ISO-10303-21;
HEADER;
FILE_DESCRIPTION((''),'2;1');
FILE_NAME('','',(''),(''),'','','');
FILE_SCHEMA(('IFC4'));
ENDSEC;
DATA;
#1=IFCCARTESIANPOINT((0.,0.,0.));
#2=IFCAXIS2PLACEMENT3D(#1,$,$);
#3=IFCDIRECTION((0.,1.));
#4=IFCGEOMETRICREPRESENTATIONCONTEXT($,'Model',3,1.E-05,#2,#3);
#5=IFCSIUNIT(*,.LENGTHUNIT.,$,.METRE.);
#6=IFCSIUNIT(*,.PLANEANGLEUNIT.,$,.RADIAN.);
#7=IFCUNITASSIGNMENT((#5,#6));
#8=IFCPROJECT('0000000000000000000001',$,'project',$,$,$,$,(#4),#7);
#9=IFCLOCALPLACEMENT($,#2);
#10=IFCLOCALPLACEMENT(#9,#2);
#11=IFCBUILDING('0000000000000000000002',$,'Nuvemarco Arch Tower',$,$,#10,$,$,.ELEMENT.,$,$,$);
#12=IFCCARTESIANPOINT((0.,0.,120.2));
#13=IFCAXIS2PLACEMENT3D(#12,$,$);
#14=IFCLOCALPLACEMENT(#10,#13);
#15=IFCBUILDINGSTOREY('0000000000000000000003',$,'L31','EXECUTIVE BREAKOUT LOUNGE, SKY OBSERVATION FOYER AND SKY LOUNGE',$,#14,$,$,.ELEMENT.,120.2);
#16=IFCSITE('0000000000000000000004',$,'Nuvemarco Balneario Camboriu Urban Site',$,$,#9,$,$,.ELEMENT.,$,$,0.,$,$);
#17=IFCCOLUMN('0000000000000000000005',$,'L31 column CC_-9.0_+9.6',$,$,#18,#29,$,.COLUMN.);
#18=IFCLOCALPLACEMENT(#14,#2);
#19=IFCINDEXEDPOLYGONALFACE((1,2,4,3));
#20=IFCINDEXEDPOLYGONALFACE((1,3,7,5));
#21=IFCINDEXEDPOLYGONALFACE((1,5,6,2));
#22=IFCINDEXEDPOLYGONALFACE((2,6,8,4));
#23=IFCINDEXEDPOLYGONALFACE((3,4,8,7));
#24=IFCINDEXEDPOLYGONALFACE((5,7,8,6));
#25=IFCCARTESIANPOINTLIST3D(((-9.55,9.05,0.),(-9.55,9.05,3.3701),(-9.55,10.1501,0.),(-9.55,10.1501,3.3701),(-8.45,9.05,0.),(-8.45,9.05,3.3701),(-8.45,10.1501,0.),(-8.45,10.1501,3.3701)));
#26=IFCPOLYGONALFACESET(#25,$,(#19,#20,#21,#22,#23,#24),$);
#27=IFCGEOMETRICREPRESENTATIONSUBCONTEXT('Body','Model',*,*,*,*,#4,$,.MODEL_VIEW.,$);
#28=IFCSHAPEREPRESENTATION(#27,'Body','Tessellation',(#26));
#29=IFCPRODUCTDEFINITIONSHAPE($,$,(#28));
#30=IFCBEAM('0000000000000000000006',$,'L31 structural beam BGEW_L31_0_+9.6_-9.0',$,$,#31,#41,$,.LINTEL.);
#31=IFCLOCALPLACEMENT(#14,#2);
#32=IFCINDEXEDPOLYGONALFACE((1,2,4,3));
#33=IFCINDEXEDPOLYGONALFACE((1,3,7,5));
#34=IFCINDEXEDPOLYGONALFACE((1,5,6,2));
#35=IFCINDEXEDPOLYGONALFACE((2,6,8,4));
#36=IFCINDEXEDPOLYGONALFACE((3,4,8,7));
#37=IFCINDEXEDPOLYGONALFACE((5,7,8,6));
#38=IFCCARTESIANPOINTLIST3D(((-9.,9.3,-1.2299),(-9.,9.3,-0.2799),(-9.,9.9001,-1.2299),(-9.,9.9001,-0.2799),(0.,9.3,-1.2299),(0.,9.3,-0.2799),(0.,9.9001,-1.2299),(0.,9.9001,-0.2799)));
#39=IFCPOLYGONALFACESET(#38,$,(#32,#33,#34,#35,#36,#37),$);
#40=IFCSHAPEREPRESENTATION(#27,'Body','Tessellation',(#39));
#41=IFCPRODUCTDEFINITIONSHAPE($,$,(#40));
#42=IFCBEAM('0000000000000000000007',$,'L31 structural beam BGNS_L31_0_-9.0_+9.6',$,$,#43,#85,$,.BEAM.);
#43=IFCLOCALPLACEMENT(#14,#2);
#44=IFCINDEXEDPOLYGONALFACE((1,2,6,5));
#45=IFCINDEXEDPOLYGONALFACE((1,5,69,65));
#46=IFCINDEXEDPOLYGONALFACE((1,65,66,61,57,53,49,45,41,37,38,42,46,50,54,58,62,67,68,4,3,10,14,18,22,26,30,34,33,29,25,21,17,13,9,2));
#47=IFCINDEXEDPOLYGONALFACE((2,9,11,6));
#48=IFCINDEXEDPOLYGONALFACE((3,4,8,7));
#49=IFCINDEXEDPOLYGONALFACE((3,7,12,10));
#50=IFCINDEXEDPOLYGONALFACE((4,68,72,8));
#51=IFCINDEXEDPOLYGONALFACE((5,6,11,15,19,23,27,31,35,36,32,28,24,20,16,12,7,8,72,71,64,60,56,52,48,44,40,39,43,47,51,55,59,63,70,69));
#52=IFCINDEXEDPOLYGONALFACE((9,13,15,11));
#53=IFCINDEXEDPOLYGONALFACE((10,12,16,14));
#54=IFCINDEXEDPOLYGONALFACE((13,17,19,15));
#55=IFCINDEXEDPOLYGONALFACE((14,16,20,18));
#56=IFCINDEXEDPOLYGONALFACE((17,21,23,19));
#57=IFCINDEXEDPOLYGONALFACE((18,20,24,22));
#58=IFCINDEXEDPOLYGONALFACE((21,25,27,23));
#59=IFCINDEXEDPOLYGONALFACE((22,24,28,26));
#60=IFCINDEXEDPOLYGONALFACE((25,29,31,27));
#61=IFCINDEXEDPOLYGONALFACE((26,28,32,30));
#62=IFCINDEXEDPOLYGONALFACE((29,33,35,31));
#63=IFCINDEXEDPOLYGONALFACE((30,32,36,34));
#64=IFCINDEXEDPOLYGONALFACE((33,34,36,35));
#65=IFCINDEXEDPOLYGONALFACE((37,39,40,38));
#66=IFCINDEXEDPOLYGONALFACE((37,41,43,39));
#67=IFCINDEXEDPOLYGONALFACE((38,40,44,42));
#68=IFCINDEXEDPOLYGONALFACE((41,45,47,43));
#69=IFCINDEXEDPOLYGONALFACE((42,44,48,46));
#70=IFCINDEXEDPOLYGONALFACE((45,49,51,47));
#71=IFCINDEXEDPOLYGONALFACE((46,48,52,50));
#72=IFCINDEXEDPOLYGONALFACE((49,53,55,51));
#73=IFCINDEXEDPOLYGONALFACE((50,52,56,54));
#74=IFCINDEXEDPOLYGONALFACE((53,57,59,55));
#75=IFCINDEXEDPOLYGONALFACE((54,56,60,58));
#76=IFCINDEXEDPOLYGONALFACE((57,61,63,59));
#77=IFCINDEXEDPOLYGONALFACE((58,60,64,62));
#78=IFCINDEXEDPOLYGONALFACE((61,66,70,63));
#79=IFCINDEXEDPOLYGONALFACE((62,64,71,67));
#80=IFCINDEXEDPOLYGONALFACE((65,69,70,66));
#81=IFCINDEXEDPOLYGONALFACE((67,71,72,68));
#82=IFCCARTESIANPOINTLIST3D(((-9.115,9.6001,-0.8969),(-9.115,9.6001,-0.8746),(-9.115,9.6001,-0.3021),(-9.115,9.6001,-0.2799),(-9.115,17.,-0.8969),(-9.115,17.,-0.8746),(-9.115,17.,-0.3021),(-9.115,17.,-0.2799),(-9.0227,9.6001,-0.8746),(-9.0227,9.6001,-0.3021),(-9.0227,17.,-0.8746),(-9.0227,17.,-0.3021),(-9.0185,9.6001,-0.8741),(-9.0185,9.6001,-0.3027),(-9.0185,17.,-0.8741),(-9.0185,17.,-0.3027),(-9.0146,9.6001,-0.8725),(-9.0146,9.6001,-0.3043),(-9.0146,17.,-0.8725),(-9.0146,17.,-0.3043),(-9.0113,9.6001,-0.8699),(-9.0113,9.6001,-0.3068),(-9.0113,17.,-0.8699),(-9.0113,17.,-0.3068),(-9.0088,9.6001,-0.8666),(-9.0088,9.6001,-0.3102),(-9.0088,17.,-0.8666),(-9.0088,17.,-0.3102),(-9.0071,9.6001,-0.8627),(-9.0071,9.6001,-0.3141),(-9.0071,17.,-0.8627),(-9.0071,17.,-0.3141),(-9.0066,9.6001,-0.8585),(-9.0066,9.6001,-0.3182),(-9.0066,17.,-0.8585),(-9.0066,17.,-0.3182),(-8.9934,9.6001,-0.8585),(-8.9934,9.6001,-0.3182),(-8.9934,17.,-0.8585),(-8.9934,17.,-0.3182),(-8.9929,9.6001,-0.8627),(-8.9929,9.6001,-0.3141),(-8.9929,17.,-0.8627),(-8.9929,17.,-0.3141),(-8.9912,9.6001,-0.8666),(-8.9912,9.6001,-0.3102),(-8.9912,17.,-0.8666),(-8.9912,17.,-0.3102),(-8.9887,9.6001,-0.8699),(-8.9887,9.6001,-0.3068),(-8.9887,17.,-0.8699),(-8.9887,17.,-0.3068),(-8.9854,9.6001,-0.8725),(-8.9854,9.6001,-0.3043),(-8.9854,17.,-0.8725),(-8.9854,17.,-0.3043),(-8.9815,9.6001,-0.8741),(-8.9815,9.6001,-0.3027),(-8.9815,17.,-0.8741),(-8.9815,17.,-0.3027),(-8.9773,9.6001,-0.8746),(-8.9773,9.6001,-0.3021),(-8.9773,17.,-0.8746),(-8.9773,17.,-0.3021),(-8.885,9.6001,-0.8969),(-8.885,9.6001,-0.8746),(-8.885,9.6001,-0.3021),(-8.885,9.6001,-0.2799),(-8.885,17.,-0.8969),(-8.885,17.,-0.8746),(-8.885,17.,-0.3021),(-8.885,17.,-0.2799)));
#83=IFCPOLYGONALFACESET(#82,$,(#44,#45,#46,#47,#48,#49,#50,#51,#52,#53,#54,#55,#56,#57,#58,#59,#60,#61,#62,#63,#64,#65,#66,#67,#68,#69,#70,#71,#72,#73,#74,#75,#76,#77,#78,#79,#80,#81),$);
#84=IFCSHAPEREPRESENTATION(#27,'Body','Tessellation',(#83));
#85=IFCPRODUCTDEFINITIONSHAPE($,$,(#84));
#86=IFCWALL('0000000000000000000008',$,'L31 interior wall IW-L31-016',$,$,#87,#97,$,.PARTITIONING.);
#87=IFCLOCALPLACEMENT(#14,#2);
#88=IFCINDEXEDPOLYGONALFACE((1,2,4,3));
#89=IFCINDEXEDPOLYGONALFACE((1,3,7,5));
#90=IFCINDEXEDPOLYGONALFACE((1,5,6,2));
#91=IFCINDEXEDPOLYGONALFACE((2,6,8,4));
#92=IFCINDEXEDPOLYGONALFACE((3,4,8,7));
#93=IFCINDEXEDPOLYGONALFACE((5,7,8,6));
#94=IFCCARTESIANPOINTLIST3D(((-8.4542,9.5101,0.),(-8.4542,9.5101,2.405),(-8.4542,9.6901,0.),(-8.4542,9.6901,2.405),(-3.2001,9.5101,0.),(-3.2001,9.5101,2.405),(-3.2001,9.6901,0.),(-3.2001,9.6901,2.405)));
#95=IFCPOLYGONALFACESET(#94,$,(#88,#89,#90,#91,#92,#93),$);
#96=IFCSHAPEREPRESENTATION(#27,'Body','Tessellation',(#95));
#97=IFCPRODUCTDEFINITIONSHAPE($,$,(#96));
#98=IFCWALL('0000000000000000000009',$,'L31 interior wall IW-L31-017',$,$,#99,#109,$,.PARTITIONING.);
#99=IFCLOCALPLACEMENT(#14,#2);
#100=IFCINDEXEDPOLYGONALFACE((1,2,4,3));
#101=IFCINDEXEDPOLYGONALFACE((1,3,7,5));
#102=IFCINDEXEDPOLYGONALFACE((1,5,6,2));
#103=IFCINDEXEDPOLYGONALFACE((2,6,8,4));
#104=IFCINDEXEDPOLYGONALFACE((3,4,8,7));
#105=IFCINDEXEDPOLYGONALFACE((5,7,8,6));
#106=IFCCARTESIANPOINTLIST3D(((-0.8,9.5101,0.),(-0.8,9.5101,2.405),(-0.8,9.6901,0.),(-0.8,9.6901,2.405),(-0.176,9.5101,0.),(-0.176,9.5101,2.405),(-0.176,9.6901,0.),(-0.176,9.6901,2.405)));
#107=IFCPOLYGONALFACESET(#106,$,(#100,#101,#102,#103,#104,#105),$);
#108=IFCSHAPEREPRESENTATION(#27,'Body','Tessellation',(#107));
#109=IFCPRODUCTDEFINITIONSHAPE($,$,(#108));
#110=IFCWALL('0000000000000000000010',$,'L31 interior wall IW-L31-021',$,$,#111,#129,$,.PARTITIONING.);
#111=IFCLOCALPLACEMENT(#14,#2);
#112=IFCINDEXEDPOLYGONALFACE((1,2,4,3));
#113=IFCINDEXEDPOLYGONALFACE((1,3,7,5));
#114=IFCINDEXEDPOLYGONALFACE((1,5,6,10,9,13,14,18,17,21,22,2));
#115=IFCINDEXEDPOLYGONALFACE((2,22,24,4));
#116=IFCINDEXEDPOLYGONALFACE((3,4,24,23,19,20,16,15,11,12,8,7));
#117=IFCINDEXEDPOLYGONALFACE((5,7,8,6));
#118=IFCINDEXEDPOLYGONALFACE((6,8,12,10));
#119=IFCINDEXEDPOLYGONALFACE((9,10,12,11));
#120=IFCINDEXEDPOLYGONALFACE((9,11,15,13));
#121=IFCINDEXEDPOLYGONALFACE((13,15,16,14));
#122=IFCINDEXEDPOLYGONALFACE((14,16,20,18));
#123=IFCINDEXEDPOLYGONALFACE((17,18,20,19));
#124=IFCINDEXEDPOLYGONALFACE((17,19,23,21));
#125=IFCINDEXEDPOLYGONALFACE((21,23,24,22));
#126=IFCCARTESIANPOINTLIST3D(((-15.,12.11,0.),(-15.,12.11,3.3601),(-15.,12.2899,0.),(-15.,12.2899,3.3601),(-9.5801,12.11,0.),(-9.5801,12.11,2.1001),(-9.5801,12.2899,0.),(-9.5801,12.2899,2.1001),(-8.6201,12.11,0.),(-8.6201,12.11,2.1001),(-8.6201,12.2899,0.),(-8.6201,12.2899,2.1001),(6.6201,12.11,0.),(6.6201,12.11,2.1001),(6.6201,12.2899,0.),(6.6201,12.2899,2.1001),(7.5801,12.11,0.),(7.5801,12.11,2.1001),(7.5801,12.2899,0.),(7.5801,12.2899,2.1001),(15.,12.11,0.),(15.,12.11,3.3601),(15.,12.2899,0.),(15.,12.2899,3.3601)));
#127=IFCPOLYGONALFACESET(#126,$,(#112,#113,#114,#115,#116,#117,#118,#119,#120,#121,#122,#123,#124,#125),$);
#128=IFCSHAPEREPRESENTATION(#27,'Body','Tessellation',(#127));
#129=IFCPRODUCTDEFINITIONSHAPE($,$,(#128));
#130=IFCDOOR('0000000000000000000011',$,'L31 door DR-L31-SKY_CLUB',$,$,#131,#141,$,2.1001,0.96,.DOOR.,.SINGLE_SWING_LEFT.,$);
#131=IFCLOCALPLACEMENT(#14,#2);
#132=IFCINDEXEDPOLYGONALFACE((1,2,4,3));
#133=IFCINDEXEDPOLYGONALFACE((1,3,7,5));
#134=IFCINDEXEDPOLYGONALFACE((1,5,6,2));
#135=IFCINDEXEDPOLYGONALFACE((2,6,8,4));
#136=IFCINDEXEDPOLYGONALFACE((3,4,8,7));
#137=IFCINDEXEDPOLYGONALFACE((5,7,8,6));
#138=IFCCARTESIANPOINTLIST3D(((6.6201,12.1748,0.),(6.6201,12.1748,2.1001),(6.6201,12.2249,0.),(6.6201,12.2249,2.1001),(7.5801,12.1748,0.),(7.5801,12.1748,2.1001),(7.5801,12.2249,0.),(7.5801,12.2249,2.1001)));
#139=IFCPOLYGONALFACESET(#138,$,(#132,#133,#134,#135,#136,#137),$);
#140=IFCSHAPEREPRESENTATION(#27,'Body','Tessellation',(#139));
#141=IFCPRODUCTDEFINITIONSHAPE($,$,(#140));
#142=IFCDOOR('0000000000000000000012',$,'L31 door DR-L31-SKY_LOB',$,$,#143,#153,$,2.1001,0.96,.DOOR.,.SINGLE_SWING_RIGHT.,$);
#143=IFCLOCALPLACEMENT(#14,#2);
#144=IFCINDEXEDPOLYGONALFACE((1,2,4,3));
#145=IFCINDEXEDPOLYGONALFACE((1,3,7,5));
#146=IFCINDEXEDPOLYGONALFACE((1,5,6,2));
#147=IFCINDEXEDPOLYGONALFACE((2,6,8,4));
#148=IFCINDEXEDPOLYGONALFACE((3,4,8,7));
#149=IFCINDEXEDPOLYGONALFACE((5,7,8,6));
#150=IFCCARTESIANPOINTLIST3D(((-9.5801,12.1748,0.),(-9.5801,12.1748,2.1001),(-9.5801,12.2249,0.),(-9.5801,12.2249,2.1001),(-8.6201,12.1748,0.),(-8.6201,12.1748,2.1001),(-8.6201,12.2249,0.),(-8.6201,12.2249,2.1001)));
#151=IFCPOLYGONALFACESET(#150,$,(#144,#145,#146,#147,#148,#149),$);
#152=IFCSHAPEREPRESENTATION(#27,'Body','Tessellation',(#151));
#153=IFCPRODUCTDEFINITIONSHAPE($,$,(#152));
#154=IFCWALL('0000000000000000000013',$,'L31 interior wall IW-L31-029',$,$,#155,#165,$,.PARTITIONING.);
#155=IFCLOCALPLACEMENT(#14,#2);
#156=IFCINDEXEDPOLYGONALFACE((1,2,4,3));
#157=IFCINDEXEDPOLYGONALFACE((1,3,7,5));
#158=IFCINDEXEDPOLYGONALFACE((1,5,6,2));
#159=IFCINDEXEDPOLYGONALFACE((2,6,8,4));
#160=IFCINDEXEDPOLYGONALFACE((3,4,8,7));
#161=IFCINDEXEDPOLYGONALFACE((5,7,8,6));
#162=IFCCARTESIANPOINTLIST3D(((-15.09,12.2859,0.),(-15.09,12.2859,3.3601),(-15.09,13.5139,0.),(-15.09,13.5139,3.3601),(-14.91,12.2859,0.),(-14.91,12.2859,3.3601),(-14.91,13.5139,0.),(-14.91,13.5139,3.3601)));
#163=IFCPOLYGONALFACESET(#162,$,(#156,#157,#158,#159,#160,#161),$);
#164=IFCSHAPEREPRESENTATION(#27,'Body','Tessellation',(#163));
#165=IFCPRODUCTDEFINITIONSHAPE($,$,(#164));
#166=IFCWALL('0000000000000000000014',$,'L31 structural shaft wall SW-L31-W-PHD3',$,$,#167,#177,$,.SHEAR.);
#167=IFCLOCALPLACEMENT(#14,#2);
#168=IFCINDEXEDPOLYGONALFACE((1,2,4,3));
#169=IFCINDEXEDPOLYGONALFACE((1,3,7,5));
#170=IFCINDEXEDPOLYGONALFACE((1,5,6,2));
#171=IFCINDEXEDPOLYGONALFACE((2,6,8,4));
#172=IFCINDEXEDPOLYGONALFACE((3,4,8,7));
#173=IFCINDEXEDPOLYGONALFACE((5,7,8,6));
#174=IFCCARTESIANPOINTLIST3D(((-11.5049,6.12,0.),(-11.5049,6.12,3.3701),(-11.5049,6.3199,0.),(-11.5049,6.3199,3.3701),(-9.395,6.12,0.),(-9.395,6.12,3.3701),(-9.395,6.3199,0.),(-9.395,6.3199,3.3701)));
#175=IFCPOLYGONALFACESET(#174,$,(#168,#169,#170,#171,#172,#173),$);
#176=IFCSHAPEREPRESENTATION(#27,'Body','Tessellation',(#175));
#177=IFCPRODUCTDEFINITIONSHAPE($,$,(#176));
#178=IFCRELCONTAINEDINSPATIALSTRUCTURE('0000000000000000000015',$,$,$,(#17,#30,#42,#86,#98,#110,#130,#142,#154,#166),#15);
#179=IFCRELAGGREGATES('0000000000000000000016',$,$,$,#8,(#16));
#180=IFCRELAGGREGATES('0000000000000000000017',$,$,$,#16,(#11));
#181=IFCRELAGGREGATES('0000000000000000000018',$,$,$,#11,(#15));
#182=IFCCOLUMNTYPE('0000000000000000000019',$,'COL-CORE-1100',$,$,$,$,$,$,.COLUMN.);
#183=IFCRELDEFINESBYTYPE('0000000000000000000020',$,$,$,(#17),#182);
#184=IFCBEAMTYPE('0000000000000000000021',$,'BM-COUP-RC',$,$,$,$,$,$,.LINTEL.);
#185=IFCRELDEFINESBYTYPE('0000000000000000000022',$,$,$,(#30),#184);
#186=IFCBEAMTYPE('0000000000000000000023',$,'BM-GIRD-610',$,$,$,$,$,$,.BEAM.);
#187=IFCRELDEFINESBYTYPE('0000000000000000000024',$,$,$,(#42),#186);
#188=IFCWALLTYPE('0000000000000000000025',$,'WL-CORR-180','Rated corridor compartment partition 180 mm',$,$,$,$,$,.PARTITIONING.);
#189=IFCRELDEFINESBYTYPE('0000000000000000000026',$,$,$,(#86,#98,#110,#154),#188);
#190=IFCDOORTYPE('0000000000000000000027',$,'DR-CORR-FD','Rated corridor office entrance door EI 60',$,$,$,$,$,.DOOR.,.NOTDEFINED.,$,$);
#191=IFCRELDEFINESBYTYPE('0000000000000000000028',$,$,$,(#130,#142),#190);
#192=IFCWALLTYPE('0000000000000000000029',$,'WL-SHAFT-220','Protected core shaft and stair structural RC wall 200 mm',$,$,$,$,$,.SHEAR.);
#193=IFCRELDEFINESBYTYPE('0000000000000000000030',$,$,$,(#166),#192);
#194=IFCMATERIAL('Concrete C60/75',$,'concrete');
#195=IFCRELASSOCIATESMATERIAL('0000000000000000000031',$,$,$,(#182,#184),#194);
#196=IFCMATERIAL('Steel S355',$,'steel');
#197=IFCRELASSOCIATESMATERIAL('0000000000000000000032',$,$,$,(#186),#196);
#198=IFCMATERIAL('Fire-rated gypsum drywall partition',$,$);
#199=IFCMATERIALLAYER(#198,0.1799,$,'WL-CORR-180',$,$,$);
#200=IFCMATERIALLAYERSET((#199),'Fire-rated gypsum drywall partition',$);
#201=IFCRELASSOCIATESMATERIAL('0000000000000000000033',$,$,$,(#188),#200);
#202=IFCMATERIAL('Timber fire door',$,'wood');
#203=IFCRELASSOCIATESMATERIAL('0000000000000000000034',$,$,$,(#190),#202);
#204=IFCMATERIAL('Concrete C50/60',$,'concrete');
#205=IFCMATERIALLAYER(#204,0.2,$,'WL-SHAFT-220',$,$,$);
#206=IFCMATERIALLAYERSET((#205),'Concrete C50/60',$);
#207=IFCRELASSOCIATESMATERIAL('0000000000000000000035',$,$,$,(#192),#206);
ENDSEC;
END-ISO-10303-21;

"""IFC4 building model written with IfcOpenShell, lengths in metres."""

from ifc_helpers import new_model, si_unit, direction, frame, frame_2d, origin, origin_2d, place, context, subcontext, project, spatial, rectangle, i_section, extrude, source, transform, mapped, material, layer, layer_set, material_profile, profile_set, type_object, type_shapes, element, fill, save


model = new_model("IFC4")

# Units and contexts
model_context = context("Model", 3, precision=1e-05, world=origin(), true_north=direction((0.0, 1.0)))
body_context = subcontext(model_context, "Body", "Model", "MODEL_VIEW")
ifc_project = project(units=[si_unit("LENGTHUNIT", "METRE"), si_unit("PLANEANGLEUNIT", "RADIAN")], contexts=[model_context])

# Site, building, storey
site_placement = place(None, origin())
site = spatial("IfcSite", under=ifc_project, at=site_placement, Name="Nuvemarco Balneario Camboriu Urban Site", CompositionType="ELEMENT", RefElevation=0.0)
building_placement = place(site_placement, origin())
building = spatial("IfcBuilding", under=site, at=building_placement, Name="Nuvemarco Arch Tower", CompositionType="ELEMENT")
storey_placement = place(building_placement, frame((0.0, 0.0, 120.2)))
storey = spatial("IfcBuildingStorey", under=building, at=storey_placement, Name="L31", Description="EXECUTIVE BREAKOUT LOUNGE, SKY OBSERVATION FOYER AND SKY LOUNGE", CompositionType="ELEMENT", Elevation=120.2)

# Column
ifc_material_1 = material(Name="Concrete C60/75", Category="concrete")
ifc_material_profile_1 = material_profile(ifc_material_1, rectangle(XDim=1.1001, YDim=1.1001, at=origin_2d()), Name="RC-COL-1100x1100")
ifc_profile_set_1 = profile_set([ifc_material_profile_1], Name="Concrete C60/75")
column_type = type_object("IfcColumnType", Name="COL-CORE-1100", PredefinedType="COLUMN", material=ifc_profile_set_1)
column_placement = place(storey_placement, frame((-9.0, 9.6001, 0.0), z_axis=(0.0, 0.0, 1.0), x_axis=(1.0, 0.0, 0.0)))
element("IfcColumn", 1, at=column_placement, inside=storey, type_object=column_type, Name="L31 column CC_-9.0_+9.6", PredefinedType="COLUMN", context=body_context, shape_type="SweptSolid", body=[
    extrude(rectangle(XDim=1.1001, YDim=1.1001, at=origin_2d()), origin(), (0.0, 0.0, 1.0), 3.3701),
])

# Beams
ifc_material_profile_2 = material_profile(ifc_material_1, rectangle(XDim=0.6001, YDim=0.95, at=origin_2d()), Name="RC-BM-600x950")
ifc_profile_set_2 = profile_set([ifc_material_profile_2], Name="Concrete C60/75")
beam_type_1 = type_object("IfcBeamType", Name="BM-COUP-RC", PredefinedType="LINTEL", material=ifc_profile_set_2)
beam_1_placement = place(storey_placement, frame((-9.0, 9.6001, -0.7549), z_axis=(1.0, 0.0, 0.0), x_axis=(0.0, 1.0, 0.0)))
element("IfcBeam", 2, at=beam_1_placement, inside=storey, type_object=beam_type_1, Name="L31 structural beam BGEW_L31_0_+9.6_-9.0", PredefinedType="LINTEL", context=body_context, shape_type="SweptSolid", body=[
    extrude(rectangle(XDim=0.6001, YDim=0.95, at=origin_2d()), origin(), (0.0, 0.0, 1.0), 9.0),
])
ifc_material_2 = material(Name="Steel S355", Category="steel")
ifc_material_profile_3 = material_profile(ifc_material_2, i_section(OverallWidth=0.23, OverallDepth=0.6169, WebThickness=0.0132, FlangeThickness=0.0222, FilletRadius=0.0161, at=origin_2d()), Name="W610x140")
ifc_profile_set_3 = profile_set([ifc_material_profile_3], Name="Steel S355")
beam_type_2 = type_object("IfcBeamType", Name="BM-GIRD-610", PredefinedType="BEAM", material=ifc_profile_set_3)
beam_2_placement = place(storey_placement, frame((-9.0, 9.6001, -0.5884), z_axis=(0.0, 1.0, 0.0), x_axis=(-1.0, 0.0, 0.0)))
element("IfcBeam", 3, at=beam_2_placement, inside=storey, type_object=beam_type_2, Name="L31 structural beam BGNS_L31_0_-9.0_+9.6", PredefinedType="BEAM", context=body_context, shape_type="SweptSolid", body=[
    extrude(i_section(OverallWidth=0.23, OverallDepth=0.6169, WebThickness=0.0132, FlangeThickness=0.0222, FilletRadius=0.0161, at=origin_2d()), origin(), (0.0, 0.0, 1.0), 7.3999),
])

# Walls
ifc_material_3 = material(Name="Fire-rated gypsum drywall partition")
ifc_layer_1 = layer(ifc_material_3, 0.1799, Name="WL-CORR-180")
ifc_layer_set_1 = layer_set([ifc_layer_1], Name="Fire-rated gypsum drywall partition")
wall_type_1 = type_object("IfcWallType", Name="WL-CORR-180", Description="Rated corridor compartment partition 180 mm", PredefinedType="PARTITIONING", material=ifc_layer_set_1)
wall_1_placement = place(storey_placement, frame((-8.4541, 9.6001, 0.0), z_axis=(0.0, 0.0, 1.0), x_axis=(1.0, 0.0, 0.0)))
element("IfcWall", 4, at=wall_1_placement, inside=storey, type_object=wall_type_1, Name="L31 interior wall IW-L31-016", PredefinedType="PARTITIONING", context=body_context, shape_type="SweptSolid", body=[
    extrude(rectangle(XDim=5.2542, YDim=0.1799, at=frame_2d((2.627, 0.0))), origin(), (0.0, 0.0, 1.0), 2.405),
])
wall_2_placement = place(storey_placement, frame((-0.8, 9.6001, 0.0), z_axis=(0.0, 0.0, 1.0), x_axis=(1.0, 0.0, 0.0)))
element("IfcWall", 5, at=wall_2_placement, inside=storey, type_object=wall_type_1, Name="L31 interior wall IW-L31-017", PredefinedType="PARTITIONING", context=body_context, shape_type="SweptSolid", body=[
    extrude(rectangle(XDim=0.624, YDim=0.1799, at=frame_2d((0.312, 0.0))), origin(), (0.0, 0.0, 1.0), 2.405),
])

# Wall, openings, doors
wall_3_placement = place(storey_placement, frame((-15.0, 12.2, 0.0), z_axis=(0.0, 0.0, 1.0), x_axis=(1.0, 0.0, 0.0)))
wall_3 = element("IfcWall", 6, at=wall_3_placement, inside=storey, type_object=wall_type_1, Name="L31 interior wall IW-L31-021", PredefinedType="PARTITIONING", context=body_context, shape_type="SweptSolid", body=[
    extrude(rectangle(XDim=30.0, YDim=0.1799, at=frame_2d((15.0, 0.0))), origin(), (0.0, 0.0, 1.0), 3.3601),
])
opening_1_placement = place(wall_3_placement, frame((21.6201, 0.0, 0.0)))
opening_1 = element("IfcOpeningElement", 7, at=opening_1_placement, cuts=wall_3, PredefinedType="OPENING", context=body_context, shape_type="SweptSolid", body=[
    extrude(rectangle(XDim=0.96, YDim=2.1001, at=frame_2d((0.48, 1.05))), frame((0.0, 0.0999, 0.0), z_axis=(0.0, -1.0, 0.0), x_axis=(1.0, 0.0, 0.0)), (0.0, 0.0, 1.0), 0.2),
])
opening_2_placement = place(wall_3_placement, frame((5.4199, 0.0, 0.0)))
opening_2 = element("IfcOpeningElement", 8, at=opening_2_placement, cuts=wall_3, PredefinedType="OPENING", context=body_context, shape_type="SweptSolid", body=[
    extrude(rectangle(XDim=0.96, YDim=2.1001, at=frame_2d((0.48, 1.05))), frame((0.0, 0.0999, 0.0), z_axis=(0.0, -1.0, 0.0), x_axis=(1.0, 0.0, 0.0)), (0.0, 0.0, 1.0), 0.2),
])
ifc_material_4 = material(Name="Timber fire door", Category="wood")
door_type = type_object("IfcDoorType", Name="DR-CORR-FD", Description="Rated corridor office entrance door EI 60", OperationType="NOTDEFINED", PredefinedType="DOOR", material=ifc_material_4)
shared_shape = source(origin(), body_context, "Body", "SweptSolid", [
    extrude(rectangle(XDim=0.96, YDim=2.1001, at=frame_2d((0.48, 1.05))), frame((0.0, 0.0249, 0.0), z_axis=(0.0, -1.0, 0.0), x_axis=(1.0, 0.0, 0.0)), (0.0, 0.0, 1.0), 0.05),
])
type_shapes(door_type, [shared_shape])
door_1_placement = place(opening_1_placement, origin())
door_1 = element("IfcDoor", 9, at=door_1_placement, inside=storey, type_object=door_type, Name="L31 door DR-L31-SKY_CLUB", OperationType="SINGLE_SWING_LEFT", OverallHeight=2.1001, OverallWidth=0.96, PredefinedType="DOOR", context=body_context, shape_type="MappedRepresentation", body=[
    mapped(shared_shape, transform((0.0, 0.0, 0.0), scale=1.0)),
])
fill(opening_1, door_1)
door_2_placement = place(opening_2_placement, origin())
door_2 = element("IfcDoor", 10, at=door_2_placement, inside=storey, type_object=door_type, Name="L31 door DR-L31-SKY_LOB", OperationType="SINGLE_SWING_RIGHT", OverallHeight=2.1001, OverallWidth=0.96, PredefinedType="DOOR", context=body_context, shape_type="MappedRepresentation", body=[
    mapped(shared_shape, transform((0.0, 0.0, 0.0), scale=1.0)),
])
fill(opening_2, door_2)

# Walls
wall_4_placement = place(storey_placement, frame((-15.0, 12.2859, 0.0), z_axis=(0.0, 0.0, 1.0), x_axis=(0.0, 1.0, 0.0)))
element("IfcWall", 11, at=wall_4_placement, inside=storey, type_object=wall_type_1, Name="L31 interior wall IW-L31-029", PredefinedType="PARTITIONING", context=body_context, shape_type="SweptSolid", body=[
    extrude(rectangle(XDim=1.228, YDim=0.1799, at=frame_2d((0.614, 0.0))), origin(), (0.0, 0.0, 1.0), 3.3601),
])
ifc_material_5 = material(Name="Concrete C50/60", Category="concrete")
ifc_layer_2 = layer(ifc_material_5, 0.2, Name="WL-SHAFT-220")
ifc_layer_set_2 = layer_set([ifc_layer_2], Name="Concrete C50/60")
wall_type_2 = type_object("IfcWallType", Name="WL-SHAFT-220", Description="Protected core shaft and stair structural RC wall 200 mm", PredefinedType="SHEAR", material=ifc_layer_set_2)
wall_5_placement = place(storey_placement, frame((-11.5049, 6.22, 0.0), z_axis=(0.0, 0.0, 1.0), x_axis=(1.0, 0.0, 0.0)))
element("IfcWall", 12, at=wall_5_placement, inside=storey, type_object=wall_type_2, Name="L31 structural shaft wall SW-L31-W-PHD3", PredefinedType="SHEAR", context=body_context, shape_type="SweptSolid", body=[
    extrude(rectangle(XDim=2.1099, YDim=0.2, at=frame_2d((1.0549, 0.0))), origin(), (0.0, 0.0, 1.0), 3.3701),
])

save(model, "model.ifc")
